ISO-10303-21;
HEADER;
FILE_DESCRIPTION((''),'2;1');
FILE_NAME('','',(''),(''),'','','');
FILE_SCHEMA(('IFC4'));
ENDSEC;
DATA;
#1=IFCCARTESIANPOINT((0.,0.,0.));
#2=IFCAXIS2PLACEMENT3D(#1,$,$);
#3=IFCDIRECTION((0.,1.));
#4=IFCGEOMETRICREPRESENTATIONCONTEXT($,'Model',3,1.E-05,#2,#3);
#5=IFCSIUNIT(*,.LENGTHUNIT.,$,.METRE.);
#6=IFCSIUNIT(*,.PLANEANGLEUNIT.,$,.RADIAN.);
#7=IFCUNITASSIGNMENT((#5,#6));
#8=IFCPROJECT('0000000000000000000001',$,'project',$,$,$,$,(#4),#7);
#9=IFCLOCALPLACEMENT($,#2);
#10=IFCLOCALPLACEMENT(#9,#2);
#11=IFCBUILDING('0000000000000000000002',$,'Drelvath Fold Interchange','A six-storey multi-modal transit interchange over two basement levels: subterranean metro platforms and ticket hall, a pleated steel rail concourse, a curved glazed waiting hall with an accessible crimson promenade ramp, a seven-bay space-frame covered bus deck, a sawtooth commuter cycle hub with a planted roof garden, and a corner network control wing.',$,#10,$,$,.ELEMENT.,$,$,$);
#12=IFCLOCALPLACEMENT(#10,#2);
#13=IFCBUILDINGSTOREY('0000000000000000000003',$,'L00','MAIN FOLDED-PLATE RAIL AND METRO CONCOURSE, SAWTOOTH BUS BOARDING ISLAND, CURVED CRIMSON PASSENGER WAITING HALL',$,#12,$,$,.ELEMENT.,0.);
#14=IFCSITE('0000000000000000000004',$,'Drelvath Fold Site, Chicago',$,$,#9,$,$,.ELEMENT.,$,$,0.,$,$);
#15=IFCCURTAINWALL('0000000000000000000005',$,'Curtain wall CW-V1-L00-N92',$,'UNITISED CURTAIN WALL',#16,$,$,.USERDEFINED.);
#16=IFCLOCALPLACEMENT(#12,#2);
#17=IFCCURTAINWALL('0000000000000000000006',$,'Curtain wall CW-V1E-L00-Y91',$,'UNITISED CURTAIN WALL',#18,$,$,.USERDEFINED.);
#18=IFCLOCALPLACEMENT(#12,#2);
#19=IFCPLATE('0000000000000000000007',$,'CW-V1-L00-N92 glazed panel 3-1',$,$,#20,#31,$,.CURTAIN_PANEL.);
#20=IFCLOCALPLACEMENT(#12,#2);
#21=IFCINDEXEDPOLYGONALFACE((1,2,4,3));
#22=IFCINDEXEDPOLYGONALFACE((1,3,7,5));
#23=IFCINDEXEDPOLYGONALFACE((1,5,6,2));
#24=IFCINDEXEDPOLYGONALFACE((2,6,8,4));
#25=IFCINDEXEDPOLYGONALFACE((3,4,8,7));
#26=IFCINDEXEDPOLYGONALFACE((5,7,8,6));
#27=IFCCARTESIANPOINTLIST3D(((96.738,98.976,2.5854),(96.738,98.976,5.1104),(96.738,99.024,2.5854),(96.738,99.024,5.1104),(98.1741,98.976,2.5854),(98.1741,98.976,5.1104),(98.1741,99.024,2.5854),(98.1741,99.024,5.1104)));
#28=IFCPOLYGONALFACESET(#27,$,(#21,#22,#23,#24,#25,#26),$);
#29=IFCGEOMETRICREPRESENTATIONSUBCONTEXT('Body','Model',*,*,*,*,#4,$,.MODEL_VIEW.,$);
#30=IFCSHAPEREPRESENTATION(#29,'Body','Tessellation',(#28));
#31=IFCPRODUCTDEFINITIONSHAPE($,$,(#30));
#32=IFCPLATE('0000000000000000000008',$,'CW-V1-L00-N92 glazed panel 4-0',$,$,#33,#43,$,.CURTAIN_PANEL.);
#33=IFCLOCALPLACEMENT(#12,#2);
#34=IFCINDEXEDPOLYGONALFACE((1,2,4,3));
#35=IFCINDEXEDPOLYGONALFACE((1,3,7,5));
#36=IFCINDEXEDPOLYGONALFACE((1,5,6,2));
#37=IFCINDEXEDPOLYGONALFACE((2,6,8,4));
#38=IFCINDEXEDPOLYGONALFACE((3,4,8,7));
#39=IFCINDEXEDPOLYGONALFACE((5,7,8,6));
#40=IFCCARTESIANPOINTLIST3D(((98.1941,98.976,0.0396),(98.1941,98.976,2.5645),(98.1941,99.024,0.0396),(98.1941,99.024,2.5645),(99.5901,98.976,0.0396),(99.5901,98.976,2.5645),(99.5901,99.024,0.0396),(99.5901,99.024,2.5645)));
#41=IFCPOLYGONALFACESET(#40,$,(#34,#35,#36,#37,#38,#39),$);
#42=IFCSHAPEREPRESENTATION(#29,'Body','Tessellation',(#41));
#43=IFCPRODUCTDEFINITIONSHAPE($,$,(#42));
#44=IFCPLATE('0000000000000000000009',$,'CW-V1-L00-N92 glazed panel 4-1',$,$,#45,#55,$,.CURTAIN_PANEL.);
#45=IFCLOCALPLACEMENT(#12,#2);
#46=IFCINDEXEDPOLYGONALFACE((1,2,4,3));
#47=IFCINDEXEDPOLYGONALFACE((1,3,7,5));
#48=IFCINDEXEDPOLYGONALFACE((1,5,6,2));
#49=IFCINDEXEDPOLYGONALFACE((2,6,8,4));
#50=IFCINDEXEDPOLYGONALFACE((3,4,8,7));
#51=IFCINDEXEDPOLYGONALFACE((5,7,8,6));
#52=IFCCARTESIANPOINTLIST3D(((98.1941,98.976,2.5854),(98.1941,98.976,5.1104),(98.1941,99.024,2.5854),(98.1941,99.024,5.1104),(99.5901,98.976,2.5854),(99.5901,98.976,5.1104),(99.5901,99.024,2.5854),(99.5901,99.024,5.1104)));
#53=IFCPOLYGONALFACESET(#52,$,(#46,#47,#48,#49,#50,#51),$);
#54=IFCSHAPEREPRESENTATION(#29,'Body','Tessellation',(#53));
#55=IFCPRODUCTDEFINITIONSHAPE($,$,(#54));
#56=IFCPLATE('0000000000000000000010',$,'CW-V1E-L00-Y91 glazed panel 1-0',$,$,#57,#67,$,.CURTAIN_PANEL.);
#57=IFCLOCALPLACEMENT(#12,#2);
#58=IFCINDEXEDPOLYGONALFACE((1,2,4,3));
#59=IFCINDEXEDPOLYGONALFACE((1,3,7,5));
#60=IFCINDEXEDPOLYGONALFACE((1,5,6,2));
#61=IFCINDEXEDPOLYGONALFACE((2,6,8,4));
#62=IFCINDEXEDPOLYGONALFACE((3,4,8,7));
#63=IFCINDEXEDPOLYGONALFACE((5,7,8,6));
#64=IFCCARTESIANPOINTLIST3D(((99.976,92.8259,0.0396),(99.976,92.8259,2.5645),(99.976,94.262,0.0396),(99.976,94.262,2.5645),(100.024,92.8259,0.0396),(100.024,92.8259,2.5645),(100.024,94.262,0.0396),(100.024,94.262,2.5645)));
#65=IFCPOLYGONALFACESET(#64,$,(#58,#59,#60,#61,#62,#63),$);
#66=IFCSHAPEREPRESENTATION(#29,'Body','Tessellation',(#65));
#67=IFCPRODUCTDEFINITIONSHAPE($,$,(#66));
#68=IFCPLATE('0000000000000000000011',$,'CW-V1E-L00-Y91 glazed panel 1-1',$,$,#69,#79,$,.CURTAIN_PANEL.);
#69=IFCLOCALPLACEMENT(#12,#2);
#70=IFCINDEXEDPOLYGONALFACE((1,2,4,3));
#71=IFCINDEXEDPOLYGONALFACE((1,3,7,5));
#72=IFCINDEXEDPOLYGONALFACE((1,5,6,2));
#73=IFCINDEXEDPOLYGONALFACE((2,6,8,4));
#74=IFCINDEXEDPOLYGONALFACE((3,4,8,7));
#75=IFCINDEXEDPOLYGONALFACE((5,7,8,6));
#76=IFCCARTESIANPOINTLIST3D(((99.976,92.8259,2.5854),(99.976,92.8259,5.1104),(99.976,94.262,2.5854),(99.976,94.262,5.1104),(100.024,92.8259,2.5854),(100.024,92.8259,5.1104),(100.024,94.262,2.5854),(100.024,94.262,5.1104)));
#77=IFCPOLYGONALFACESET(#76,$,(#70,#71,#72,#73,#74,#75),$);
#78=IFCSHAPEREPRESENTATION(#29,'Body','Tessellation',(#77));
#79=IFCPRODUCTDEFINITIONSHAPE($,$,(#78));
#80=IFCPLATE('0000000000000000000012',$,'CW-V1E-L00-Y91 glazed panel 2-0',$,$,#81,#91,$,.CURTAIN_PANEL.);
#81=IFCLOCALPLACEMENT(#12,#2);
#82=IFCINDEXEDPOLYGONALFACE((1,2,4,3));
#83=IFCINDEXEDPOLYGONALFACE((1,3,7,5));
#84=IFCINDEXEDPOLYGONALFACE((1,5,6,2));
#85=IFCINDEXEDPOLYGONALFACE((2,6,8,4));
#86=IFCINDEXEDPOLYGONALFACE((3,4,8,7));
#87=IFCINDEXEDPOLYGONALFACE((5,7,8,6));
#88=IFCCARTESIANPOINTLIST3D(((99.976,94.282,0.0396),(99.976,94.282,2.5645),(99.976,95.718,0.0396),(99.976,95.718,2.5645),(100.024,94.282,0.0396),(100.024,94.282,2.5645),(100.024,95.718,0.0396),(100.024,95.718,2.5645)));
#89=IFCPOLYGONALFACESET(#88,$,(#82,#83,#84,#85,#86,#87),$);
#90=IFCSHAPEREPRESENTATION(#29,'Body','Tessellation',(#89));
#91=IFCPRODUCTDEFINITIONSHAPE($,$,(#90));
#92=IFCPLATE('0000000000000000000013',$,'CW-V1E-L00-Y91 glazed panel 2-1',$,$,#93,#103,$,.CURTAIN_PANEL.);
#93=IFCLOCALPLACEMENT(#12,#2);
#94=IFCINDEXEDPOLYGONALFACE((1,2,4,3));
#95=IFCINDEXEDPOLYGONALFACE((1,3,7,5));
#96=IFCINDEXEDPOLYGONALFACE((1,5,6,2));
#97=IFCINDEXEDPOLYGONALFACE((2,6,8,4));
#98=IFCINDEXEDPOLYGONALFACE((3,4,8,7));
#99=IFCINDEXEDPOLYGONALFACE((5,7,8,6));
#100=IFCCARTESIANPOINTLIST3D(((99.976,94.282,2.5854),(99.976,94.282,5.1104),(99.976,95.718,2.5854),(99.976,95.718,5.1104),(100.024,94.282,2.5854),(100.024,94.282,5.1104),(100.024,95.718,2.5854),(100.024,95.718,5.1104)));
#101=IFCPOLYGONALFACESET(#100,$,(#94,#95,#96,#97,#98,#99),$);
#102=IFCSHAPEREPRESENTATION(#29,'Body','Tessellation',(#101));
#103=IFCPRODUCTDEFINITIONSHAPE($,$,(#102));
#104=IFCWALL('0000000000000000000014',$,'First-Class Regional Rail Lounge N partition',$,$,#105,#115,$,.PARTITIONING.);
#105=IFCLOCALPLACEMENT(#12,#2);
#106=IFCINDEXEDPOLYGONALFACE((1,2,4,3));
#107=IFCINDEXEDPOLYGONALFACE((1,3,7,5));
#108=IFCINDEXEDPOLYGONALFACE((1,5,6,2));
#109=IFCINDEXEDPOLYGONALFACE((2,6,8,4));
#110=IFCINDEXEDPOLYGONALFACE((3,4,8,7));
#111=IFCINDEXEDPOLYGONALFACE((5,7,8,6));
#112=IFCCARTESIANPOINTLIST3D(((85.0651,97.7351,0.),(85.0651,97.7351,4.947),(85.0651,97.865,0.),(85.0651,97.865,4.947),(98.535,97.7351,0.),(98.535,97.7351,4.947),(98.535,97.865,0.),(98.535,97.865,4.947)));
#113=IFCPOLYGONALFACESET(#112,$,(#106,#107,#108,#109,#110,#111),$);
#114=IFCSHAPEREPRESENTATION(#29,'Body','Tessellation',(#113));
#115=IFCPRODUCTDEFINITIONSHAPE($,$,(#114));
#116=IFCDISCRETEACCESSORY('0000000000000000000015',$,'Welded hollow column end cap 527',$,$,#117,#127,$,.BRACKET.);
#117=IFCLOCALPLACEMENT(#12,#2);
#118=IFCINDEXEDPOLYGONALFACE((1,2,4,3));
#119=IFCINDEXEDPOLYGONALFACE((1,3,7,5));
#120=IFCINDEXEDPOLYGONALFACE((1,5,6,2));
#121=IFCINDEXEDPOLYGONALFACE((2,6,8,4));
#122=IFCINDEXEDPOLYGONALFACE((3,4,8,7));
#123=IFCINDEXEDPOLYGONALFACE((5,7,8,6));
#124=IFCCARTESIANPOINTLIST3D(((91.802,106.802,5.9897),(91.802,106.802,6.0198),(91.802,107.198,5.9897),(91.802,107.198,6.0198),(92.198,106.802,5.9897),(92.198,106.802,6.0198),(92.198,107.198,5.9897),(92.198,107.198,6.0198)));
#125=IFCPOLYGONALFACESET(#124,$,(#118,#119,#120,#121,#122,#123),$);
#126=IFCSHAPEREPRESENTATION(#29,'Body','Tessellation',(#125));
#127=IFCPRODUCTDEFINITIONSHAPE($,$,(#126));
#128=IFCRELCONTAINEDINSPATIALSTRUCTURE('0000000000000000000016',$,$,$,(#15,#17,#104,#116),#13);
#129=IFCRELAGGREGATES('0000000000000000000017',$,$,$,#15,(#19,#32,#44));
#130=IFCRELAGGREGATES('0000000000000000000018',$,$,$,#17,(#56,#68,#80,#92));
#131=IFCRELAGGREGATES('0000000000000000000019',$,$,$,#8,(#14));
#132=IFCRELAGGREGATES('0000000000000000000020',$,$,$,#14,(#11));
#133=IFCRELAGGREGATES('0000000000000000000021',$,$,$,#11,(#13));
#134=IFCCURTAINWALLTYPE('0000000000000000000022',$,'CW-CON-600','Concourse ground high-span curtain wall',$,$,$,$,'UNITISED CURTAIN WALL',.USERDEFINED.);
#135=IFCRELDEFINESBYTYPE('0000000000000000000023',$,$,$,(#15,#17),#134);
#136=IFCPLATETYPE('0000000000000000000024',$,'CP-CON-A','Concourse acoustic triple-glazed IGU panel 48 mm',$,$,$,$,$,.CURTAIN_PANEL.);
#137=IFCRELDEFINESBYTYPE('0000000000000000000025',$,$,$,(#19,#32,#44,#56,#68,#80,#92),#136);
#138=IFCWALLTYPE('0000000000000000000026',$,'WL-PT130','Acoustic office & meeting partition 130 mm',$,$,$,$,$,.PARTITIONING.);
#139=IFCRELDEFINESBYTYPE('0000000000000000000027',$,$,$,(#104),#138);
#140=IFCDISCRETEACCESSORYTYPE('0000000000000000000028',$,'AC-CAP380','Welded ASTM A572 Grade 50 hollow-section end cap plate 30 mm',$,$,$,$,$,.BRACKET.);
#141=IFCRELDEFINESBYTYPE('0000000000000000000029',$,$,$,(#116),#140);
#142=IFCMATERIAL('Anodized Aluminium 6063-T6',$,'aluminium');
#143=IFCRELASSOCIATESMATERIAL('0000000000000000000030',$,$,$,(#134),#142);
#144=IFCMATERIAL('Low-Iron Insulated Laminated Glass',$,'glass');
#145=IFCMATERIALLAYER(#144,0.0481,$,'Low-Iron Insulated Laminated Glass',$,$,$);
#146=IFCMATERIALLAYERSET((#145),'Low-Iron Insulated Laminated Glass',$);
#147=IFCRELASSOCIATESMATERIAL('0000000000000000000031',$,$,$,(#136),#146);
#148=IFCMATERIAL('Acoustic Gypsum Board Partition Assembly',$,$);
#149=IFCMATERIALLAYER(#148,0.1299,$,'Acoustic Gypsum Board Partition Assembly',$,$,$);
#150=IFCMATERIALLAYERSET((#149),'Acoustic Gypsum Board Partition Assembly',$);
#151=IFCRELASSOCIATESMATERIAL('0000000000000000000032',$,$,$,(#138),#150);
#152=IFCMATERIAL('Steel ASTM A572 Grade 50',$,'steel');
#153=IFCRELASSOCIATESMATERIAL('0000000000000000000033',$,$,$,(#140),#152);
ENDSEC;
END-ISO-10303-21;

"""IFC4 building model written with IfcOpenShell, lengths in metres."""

from ifc_helpers import new_model, si_unit, direction, frame, frame_2d, origin, origin_2d, place, context, subcontext, project, spatial, rectangle, extrude, material, layer, layer_set, type_object, element, aggregate, save


model = new_model("IFC4")

# Units and contexts
model_context = context("Model", 3, precision=1e-05, world=origin(), true_north=direction((0.0, 1.0)))
body_context = subcontext(model_context, "Body", "Model", "MODEL_VIEW")
ifc_project = project(units=[si_unit("LENGTHUNIT", "METRE"), si_unit("PLANEANGLEUNIT", "RADIAN")], contexts=[model_context])

# Site, building, storey
site_placement = place(None, origin())
site = spatial("IfcSite", under=ifc_project, at=site_placement, Name="Drelvath Fold Site, Chicago", CompositionType="ELEMENT", RefElevation=0.0)
building_placement = place(site_placement, origin())
building = spatial("IfcBuilding", under=site, at=building_placement, Name="Drelvath Fold Interchange", Description="A six-storey multi-modal transit interchange over two basement levels: subterranean metro platforms and ticket hall, a pleated steel rail concourse, a curved glazed waiting hall with an accessible crimson promenade ramp, a seven-bay space-frame covered bus deck, a sawtooth commuter cycle hub with a planted roof garden, and a corner network control wing.", CompositionType="ELEMENT")
storey_placement = place(building_placement, origin())
storey = spatial("IfcBuildingStorey", under=building, at=storey_placement, Name="L00", Description="MAIN FOLDED-PLATE RAIL AND METRO CONCOURSE, SAWTOOTH BUS BOARDING ISLAND, CURVED CRIMSON PASSENGER WAITING HALL", CompositionType="ELEMENT", Elevation=0.0)

# Curtain walls
ifc_material_1 = material(Name="Anodized Aluminium 6063-T6", Category="aluminium")
curtain_wall_type = type_object("IfcCurtainWallType", Name="CW-CON-600", Description="Concourse ground high-span curtain wall", ElementType="UNITISED CURTAIN WALL", PredefinedType="USERDEFINED", material=ifc_material_1)
curtain_wall_1_placement = place(storey_placement, origin())
curtain_wall_1 = element("IfcCurtainWall", 1, at=curtain_wall_1_placement, inside=storey, type_object=curtain_wall_type, Name="Curtain wall CW-V1-L00-N92", ObjectType="UNITISED CURTAIN WALL", PredefinedType="USERDEFINED")
curtain_wall_2_placement = place(storey_placement, origin())
curtain_wall_2 = element("IfcCurtainWall", 2, at=curtain_wall_2_placement, inside=storey, type_object=curtain_wall_type, Name="Curtain wall CW-V1E-L00-Y91", ObjectType="UNITISED CURTAIN WALL", PredefinedType="USERDEFINED")

# Plates
ifc_material_2 = material(Name="Low-Iron Insulated Laminated Glass", Category="glass")
ifc_layer_1 = layer(ifc_material_2, 0.0481, Name="Low-Iron Insulated Laminated Glass")
ifc_layer_set_1 = layer_set([ifc_layer_1], Name="Low-Iron Insulated Laminated Glass")
plate_type = type_object("IfcPlateType", Name="CP-CON-A", Description="Concourse acoustic triple-glazed IGU panel 48 mm", PredefinedType="CURTAIN_PANEL", material=ifc_layer_set_1)
plate_1_placement = place(storey_placement, frame((97.4561, 99.0, 2.5854), z_axis=(0.0, 0.0, 1.0), x_axis=(1.0, 0.0, 0.0)))
plate_1 = element("IfcPlate", 3, at=plate_1_placement, type_object=plate_type, Name="CW-V1-L00-N92 glazed panel 3-1", PredefinedType="CURTAIN_PANEL", context=body_context, shape_type="SweptSolid", body=[
    extrude(rectangle(XDim=1.436, YDim=0.0481, at=origin_2d()), origin(), (0.0, 0.0, 1.0), 2.5249),
])
plate_2_placement = place(storey_placement, frame((98.8921, 99.0, 0.0396), z_axis=(0.0, 0.0, 1.0), x_axis=(1.0, 0.0, 0.0)))
plate_2 = element("IfcPlate", 4, at=plate_2_placement, type_object=plate_type, Name="CW-V1-L00-N92 glazed panel 4-0", PredefinedType="CURTAIN_PANEL", context=body_context, shape_type="SweptSolid", body=[
    extrude(rectangle(XDim=1.396, YDim=0.0481, at=origin_2d()), origin(), (0.0, 0.0, 1.0), 2.5249),
])
plate_3_placement = place(storey_placement, frame((98.8921, 99.0, 2.5854), z_axis=(0.0, 0.0, 1.0), x_axis=(1.0, 0.0, 0.0)))
plate_3 = element("IfcPlate", 5, at=plate_3_placement, type_object=plate_type, Name="CW-V1-L00-N92 glazed panel 4-1", PredefinedType="CURTAIN_PANEL", context=body_context, shape_type="SweptSolid", body=[
    extrude(rectangle(XDim=1.396, YDim=0.0481, at=origin_2d()), origin(), (0.0, 0.0, 1.0), 2.5249),
])
aggregate(curtain_wall_1, [plate_1, plate_2, plate_3])
plate_4_placement = place(storey_placement, frame((100.0, 93.5439, 0.0396), z_axis=(0.0, 0.0, 1.0), x_axis=(0.0, 1.0, 0.0)))
plate_4 = element("IfcPlate", 6, at=plate_4_placement, type_object=plate_type, Name="CW-V1E-L00-Y91 glazed panel 1-0", PredefinedType="CURTAIN_PANEL", context=body_context, shape_type="SweptSolid", body=[
    extrude(rectangle(XDim=1.436, YDim=0.0481, at=origin_2d()), origin(), (0.0, 0.0, 1.0), 2.5249),
])
plate_5_placement = place(storey_placement, frame((100.0, 93.5439, 2.5854), z_axis=(0.0, 0.0, 1.0), x_axis=(0.0, 1.0, 0.0)))
plate_5 = element("IfcPlate", 7, at=plate_5_placement, type_object=plate_type, Name="CW-V1E-L00-Y91 glazed panel 1-1", PredefinedType="CURTAIN_PANEL", context=body_context, shape_type="SweptSolid", body=[
    extrude(rectangle(XDim=1.436, YDim=0.0481, at=origin_2d()), origin(), (0.0, 0.0, 1.0), 2.5249),
])
plate_6_placement = place(storey_placement, frame((100.0, 95.0, 0.0396), z_axis=(0.0, 0.0, 1.0), x_axis=(0.0, 1.0, 0.0)))
plate_6 = element("IfcPlate", 8, at=plate_6_placement, type_object=plate_type, Name="CW-V1E-L00-Y91 glazed panel 2-0", PredefinedType="CURTAIN_PANEL", context=body_context, shape_type="SweptSolid", body=[
    extrude(rectangle(XDim=1.436, YDim=0.0481, at=origin_2d()), origin(), (0.0, 0.0, 1.0), 2.5249),
])
plate_7_placement = place(storey_placement, frame((100.0, 95.0, 2.5854), z_axis=(0.0, 0.0, 1.0), x_axis=(0.0, 1.0, 0.0)))
plate_7 = element("IfcPlate", 9, at=plate_7_placement, type_object=plate_type, Name="CW-V1E-L00-Y91 glazed panel 2-1", PredefinedType="CURTAIN_PANEL", context=body_context, shape_type="SweptSolid", body=[
    extrude(rectangle(XDim=1.436, YDim=0.0481, at=origin_2d()), origin(), (0.0, 0.0, 1.0), 2.5249),
])
aggregate(curtain_wall_2, [plate_4, plate_5, plate_6, plate_7])

# Wall
ifc_material_3 = material(Name="Acoustic Gypsum Board Partition Assembly")
ifc_layer_2 = layer(ifc_material_3, 0.1299, Name="Acoustic Gypsum Board Partition Assembly")
ifc_layer_set_2 = layer_set([ifc_layer_2], Name="Acoustic Gypsum Board Partition Assembly")
wall_type = type_object("IfcWallType", Name="WL-PT130", Description="Acoustic office & meeting partition 130 mm", PredefinedType="PARTITIONING", material=ifc_layer_set_2)
wall_placement = place(storey_placement, frame((98.5349, 97.8, 0.0), z_axis=(0.0, 0.0, 1.0), x_axis=(-1.0, 0.0, 0.0)))
element("IfcWall", 10, at=wall_placement, inside=storey, type_object=wall_type, Name="First-Class Regional Rail Lounge N partition", PredefinedType="PARTITIONING", context=body_context, shape_type="SweptSolid", body=[
    extrude(rectangle(XDim=13.47, YDim=0.1299, at=frame_2d((6.7349, 0.0))), origin(), (0.0, 0.0, 1.0), 4.947),
])

# Discrete accessory
ifc_material_4 = material(Name="Steel ASTM A572 Grade 50", Category="steel")
discrete_accessory_type = type_object("IfcDiscreteAccessoryType", Name="AC-CAP380", Description="Welded ASTM A572 Grade 50 hollow-section end cap plate 30 mm", PredefinedType="BRACKET", material=ifc_material_4)
discrete_accessory_placement = place(storey_placement, frame((92.0, 107.0, 5.9897), z_axis=(0.0, 0.0, 1.0), x_axis=(1.0, 0.0, 0.0)))
element("IfcDiscreteAccessory", 11, at=discrete_accessory_placement, inside=storey, type_object=discrete_accessory_type, Name="Welded hollow column end cap 527", PredefinedType="BRACKET", context=body_context, shape_type="SweptSolid", body=[
    extrude(rectangle(XDim=0.396, YDim=0.396, at=origin_2d()), origin(), (0.0, 0.0, 1.0), 0.03),
])

save(model, "model.ifc")
